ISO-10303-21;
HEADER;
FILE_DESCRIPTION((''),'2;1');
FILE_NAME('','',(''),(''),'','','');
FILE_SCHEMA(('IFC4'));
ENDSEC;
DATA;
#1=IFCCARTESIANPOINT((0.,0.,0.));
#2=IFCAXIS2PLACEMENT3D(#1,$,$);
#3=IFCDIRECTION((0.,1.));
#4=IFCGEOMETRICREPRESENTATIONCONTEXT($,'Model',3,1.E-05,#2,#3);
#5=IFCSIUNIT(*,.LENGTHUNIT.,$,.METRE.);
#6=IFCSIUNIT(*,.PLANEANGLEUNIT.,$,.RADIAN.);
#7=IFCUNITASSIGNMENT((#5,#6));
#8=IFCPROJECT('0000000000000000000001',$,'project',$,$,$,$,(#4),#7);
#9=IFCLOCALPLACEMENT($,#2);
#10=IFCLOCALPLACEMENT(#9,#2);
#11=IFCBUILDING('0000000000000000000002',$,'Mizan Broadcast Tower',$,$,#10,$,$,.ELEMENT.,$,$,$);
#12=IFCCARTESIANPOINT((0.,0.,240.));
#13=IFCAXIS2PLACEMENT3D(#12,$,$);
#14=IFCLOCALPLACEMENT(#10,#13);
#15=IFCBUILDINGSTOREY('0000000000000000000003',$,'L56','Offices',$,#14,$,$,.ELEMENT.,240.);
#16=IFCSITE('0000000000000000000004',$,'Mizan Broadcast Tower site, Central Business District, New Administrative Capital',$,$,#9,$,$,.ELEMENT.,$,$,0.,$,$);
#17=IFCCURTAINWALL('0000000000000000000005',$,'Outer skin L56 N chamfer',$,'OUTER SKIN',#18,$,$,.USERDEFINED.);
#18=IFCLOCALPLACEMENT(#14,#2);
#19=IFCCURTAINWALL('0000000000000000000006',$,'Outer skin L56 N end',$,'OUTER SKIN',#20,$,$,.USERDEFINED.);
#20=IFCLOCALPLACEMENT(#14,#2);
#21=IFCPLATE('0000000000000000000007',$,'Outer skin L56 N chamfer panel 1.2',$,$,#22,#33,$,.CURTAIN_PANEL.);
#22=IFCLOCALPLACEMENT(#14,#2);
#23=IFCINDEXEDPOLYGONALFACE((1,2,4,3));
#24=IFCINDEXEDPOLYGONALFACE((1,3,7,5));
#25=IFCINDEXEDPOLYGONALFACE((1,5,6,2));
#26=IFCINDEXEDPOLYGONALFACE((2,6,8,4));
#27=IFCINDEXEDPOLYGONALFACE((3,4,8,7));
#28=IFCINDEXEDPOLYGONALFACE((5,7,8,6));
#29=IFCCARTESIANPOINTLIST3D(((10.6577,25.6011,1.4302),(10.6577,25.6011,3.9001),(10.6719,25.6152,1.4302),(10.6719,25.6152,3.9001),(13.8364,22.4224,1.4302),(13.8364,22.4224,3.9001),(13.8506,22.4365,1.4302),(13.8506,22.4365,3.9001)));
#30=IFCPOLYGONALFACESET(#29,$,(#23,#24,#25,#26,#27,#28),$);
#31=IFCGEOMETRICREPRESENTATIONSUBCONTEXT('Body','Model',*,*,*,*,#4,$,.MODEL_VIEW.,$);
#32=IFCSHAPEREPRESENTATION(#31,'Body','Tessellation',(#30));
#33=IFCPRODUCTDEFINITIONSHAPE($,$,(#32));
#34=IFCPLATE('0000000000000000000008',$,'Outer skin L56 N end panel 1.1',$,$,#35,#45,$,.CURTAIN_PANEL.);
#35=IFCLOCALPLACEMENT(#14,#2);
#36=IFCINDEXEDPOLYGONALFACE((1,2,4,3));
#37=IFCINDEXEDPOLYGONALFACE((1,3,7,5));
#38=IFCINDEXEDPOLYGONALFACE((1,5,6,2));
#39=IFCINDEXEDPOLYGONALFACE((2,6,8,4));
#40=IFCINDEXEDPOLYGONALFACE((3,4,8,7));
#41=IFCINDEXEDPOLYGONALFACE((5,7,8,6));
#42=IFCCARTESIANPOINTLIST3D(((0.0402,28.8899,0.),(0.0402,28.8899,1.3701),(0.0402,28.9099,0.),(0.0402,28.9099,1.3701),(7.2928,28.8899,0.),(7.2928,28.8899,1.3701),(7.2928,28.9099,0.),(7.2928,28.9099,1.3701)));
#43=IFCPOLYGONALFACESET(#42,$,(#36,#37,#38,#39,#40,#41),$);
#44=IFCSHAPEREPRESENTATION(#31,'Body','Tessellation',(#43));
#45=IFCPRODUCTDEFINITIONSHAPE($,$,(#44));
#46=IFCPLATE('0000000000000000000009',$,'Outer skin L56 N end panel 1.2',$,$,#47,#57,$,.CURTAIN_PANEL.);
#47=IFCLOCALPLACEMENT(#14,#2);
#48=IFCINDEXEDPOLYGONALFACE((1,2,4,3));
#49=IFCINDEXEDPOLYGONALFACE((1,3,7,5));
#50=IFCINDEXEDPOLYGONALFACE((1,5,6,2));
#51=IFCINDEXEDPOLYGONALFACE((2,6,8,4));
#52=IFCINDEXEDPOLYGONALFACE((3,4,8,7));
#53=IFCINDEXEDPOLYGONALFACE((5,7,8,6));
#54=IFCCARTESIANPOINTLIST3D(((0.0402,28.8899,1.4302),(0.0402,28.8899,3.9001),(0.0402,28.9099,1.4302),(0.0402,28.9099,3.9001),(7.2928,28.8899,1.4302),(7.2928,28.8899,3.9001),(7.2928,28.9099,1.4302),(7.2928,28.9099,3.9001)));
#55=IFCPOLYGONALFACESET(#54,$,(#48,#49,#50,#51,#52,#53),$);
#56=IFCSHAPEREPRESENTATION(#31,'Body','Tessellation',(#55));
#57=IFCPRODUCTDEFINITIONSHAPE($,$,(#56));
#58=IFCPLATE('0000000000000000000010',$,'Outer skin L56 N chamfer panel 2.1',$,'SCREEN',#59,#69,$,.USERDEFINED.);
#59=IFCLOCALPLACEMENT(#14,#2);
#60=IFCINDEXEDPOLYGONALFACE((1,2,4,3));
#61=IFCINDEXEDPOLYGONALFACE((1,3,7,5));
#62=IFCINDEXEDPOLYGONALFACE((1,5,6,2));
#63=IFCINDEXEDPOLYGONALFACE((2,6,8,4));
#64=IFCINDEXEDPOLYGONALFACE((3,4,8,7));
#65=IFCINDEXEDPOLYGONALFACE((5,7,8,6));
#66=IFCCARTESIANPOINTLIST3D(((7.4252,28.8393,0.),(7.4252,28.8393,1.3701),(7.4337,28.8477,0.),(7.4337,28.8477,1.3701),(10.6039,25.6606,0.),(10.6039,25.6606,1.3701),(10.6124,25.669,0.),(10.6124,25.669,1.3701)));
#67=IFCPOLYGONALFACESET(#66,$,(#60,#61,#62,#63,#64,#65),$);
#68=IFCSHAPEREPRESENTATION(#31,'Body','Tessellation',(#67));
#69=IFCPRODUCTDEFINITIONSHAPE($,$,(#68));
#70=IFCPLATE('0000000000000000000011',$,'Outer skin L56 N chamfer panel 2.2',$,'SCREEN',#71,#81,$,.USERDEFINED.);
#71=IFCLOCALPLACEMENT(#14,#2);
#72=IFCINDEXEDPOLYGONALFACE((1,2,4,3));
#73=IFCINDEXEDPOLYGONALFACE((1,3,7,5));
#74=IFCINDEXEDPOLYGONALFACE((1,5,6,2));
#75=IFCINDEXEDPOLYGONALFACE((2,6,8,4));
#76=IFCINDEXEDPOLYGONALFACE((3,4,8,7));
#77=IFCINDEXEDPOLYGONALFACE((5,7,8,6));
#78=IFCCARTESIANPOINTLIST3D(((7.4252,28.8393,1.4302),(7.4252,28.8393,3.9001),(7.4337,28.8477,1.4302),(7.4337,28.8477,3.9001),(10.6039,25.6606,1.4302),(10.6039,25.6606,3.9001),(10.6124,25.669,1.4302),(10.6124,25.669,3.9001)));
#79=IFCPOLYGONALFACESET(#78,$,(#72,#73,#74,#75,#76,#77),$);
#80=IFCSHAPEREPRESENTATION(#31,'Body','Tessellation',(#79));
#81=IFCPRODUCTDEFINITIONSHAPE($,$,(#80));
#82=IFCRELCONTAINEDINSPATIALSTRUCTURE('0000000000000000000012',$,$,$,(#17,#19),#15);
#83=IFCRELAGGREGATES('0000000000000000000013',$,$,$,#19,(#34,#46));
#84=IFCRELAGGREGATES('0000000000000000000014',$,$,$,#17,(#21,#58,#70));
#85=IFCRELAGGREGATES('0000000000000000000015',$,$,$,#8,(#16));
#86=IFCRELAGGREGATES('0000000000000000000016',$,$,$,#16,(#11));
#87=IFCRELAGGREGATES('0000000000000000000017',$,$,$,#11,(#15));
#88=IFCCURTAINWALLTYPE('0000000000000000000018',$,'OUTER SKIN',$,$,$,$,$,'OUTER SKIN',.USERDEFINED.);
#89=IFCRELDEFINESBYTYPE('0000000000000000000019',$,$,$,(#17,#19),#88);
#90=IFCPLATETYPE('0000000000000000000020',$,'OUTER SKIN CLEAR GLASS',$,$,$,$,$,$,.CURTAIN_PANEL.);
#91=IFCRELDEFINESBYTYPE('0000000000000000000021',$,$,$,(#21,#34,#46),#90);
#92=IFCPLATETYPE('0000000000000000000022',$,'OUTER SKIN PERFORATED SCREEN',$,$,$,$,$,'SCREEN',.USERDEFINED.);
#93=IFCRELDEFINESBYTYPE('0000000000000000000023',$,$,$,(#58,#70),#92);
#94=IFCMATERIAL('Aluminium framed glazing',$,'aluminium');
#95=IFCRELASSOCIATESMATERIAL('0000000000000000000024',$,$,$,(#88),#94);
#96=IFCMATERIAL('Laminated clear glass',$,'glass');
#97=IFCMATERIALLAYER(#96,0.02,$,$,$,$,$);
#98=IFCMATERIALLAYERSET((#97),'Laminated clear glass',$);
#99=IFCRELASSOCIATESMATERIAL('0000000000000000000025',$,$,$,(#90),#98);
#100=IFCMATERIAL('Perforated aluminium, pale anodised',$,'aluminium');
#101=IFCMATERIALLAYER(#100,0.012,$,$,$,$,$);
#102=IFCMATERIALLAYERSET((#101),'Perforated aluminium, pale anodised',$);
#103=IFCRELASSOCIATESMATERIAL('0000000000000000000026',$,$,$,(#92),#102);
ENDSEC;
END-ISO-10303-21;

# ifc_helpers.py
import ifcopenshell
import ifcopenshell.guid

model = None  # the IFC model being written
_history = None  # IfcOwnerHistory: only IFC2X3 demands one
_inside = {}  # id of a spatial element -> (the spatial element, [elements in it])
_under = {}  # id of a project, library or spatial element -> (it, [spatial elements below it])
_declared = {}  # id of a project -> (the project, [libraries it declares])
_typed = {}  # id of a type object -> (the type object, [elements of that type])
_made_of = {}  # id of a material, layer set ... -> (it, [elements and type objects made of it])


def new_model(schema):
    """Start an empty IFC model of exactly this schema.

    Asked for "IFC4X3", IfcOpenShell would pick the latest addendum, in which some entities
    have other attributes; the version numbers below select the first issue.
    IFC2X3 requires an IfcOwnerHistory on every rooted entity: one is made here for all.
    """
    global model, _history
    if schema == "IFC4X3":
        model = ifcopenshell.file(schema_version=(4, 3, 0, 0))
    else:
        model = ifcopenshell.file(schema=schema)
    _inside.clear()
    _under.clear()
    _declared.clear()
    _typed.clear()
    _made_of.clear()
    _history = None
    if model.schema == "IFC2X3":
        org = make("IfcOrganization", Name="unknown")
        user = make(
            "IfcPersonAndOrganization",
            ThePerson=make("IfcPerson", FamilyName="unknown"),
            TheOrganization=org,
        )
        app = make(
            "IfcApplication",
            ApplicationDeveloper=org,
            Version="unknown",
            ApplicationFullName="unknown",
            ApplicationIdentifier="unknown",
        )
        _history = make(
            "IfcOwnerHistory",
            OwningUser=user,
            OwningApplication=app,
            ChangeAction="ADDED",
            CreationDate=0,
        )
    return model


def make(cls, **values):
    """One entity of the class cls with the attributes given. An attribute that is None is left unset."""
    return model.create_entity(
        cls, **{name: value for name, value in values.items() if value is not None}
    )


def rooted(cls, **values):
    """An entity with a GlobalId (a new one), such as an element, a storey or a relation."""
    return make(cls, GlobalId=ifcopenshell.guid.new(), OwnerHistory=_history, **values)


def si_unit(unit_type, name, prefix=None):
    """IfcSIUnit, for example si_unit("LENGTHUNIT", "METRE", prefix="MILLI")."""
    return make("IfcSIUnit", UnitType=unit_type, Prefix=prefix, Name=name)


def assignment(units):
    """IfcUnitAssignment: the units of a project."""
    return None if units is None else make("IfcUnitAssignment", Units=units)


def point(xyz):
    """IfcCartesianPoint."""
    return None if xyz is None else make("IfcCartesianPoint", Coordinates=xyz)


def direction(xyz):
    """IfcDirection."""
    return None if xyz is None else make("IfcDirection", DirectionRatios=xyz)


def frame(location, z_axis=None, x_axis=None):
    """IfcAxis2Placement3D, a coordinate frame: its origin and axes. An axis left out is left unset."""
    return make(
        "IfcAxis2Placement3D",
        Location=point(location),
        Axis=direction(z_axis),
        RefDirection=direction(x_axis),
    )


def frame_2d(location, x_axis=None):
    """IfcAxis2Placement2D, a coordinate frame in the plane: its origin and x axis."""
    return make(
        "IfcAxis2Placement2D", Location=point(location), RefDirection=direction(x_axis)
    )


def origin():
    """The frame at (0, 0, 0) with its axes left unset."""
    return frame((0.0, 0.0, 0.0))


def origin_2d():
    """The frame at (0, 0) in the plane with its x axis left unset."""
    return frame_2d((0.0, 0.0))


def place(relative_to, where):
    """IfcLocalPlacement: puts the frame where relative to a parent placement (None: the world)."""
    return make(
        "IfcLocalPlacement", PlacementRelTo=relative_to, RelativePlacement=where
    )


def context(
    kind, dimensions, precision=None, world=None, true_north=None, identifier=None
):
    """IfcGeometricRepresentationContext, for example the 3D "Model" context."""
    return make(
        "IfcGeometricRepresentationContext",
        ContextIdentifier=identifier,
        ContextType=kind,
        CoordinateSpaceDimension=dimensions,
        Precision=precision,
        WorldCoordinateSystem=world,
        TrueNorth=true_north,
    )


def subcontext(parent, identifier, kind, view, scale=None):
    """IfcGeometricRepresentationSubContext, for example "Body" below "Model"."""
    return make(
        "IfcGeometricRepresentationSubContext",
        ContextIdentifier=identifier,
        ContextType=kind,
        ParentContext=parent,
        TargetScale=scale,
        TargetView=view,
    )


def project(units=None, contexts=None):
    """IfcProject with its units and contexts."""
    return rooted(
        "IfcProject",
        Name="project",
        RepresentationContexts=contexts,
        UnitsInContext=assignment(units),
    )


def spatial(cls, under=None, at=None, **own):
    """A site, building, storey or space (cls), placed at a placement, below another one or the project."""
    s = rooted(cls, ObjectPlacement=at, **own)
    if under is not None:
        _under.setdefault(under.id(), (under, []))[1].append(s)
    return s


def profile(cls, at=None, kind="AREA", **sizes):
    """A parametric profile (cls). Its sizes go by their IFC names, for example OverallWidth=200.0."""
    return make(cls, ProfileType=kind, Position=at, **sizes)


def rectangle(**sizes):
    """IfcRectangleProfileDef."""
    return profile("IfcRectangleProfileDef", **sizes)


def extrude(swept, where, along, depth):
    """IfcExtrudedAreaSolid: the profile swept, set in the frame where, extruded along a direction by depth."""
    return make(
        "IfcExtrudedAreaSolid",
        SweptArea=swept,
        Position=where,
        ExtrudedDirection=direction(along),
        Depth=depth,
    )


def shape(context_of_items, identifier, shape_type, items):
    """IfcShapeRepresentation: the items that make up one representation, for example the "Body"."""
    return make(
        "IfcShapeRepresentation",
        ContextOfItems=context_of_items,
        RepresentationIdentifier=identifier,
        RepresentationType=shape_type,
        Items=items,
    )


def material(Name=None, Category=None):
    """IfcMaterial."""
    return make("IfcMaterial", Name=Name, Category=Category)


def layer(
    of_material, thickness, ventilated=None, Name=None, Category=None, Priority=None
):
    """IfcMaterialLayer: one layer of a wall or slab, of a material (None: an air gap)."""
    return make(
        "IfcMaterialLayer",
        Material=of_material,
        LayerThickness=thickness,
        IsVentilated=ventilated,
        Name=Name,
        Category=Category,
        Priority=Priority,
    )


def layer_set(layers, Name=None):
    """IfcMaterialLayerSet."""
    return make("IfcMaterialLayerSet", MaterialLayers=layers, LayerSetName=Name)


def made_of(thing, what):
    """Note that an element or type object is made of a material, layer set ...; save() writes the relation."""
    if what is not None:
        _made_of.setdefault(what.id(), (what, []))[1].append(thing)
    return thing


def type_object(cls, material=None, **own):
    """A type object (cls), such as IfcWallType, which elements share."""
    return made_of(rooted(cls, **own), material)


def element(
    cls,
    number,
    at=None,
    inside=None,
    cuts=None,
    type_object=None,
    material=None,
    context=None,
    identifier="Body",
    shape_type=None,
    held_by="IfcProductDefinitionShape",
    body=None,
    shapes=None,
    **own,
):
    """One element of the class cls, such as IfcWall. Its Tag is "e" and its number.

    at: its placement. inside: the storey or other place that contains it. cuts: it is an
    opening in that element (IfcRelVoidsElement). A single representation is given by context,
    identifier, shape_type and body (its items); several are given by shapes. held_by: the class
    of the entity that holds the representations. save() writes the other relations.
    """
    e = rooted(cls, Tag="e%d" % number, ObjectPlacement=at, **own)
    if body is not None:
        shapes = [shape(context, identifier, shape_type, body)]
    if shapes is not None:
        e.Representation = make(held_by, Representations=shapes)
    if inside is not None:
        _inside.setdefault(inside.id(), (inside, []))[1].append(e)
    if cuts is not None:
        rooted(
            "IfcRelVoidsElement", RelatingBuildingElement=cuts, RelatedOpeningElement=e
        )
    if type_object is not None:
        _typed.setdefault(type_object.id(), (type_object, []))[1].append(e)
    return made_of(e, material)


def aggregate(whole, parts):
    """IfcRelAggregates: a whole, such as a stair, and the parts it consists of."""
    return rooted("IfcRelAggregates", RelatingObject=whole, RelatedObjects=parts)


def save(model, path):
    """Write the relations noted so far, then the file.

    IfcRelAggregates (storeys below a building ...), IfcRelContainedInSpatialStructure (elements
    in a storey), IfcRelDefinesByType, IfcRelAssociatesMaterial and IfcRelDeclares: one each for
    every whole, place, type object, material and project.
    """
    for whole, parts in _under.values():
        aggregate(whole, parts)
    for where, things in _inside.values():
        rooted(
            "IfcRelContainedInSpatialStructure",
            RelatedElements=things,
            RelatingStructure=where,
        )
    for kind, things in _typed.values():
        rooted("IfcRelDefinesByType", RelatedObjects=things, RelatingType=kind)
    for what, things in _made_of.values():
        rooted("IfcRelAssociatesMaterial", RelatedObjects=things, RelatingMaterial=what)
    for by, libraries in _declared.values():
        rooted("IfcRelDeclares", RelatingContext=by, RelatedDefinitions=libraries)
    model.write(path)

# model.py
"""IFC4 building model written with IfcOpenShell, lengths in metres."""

from ifc_helpers import new_model, si_unit, direction, frame, origin, origin_2d, place, context, subcontext, project, spatial, rectangle, extrude, material, layer, layer_set, type_object, element, aggregate, save


model = new_model("IFC4")

# Units and contexts
model_context = context("Model", 3, precision=1e-05, world=origin(), true_north=direction((0.0, 1.0)))
body_context = subcontext(model_context, "Body", "Model", "MODEL_VIEW")
ifc_project = project(units=[si_unit("LENGTHUNIT", "METRE"), si_unit("PLANEANGLEUNIT", "RADIAN")], contexts=[model_context])

# Site, building, storey
site_placement = place(None, origin())
site = spatial("IfcSite", under=ifc_project, at=site_placement, Name="Mizan Broadcast Tower site, Central Business District, New Administrative Capital", CompositionType="ELEMENT", RefElevation=0.0)
building_placement = place(site_placement, origin())
building = spatial("IfcBuilding", under=site, at=building_placement, Name="Mizan Broadcast Tower", CompositionType="ELEMENT")
storey_placement = place(building_placement, frame((0.0, 0.0, 240.0)))
storey = spatial("IfcBuildingStorey", under=building, at=storey_placement, Name="L56", Description="Offices", CompositionType="ELEMENT", Elevation=240.0)

# Curtain wall
ifc_material_1 = material(Name="Aluminium framed glazing", Category="aluminium")
curtain_wall_type_1 = type_object("IfcCurtainWallType", Name="OUTER SKIN", ElementType="OUTER SKIN", PredefinedType="USERDEFINED", material=ifc_material_1)
curtain_wall_1_placement = place(storey_placement, origin())
curtain_wall_1 = element("IfcCurtainWall", 1, at=curtain_wall_1_placement, inside=storey, type_object=curtain_wall_type_1, Name="Outer skin L56 N chamfer", ObjectType="OUTER SKIN", PredefinedType="USERDEFINED")

# Curtain wall
curtain_wall_2_placement = place(storey_placement, origin())
curtain_wall_2 = element("IfcCurtainWall", 2, at=curtain_wall_2_placement, inside=storey, type_object=curtain_wall_type_1, Name="Outer skin L56 N end", ObjectType="OUTER SKIN", PredefinedType="USERDEFINED")

# Plates
ifc_material_2 = material(Name="Laminated clear glass", Category="glass")
ifc_layer_1 = layer(ifc_material_2, 0.02)
ifc_layer_set_1 = layer_set([ifc_layer_1], Name="Laminated clear glass")
plate_type_1 = type_object("IfcPlateType", Name="OUTER SKIN CLEAR GLASS", PredefinedType="CURTAIN_PANEL", material=ifc_layer_set_1)
plate_1_placement = place(storey_placement, frame((12.2542, 24.0188, 1.4302), z_axis=(0.0, 0.0, 1.0), x_axis=(-0.707107, 0.707107, 0.0)))
plate_1 = element("IfcPlate", 3, at=plate_1_placement, type_object=plate_type_1, Name="Outer skin L56 N chamfer panel 1.2", PredefinedType="CURTAIN_PANEL", context=body_context, shape_type="SweptSolid", body=[
    extrude(rectangle(XDim=4.4954, YDim=0.02, at=origin_2d()), origin(), (0.0, 0.0, 1.0), 2.47),
])
plate_2_placement = place(storey_placement, frame((3.6665, 28.8999, 0.0), z_axis=(0.0, 0.0, 1.0), x_axis=(-1.0, 0.0, 0.0)))
plate_2 = element("IfcPlate", 4, at=plate_2_placement, type_object=plate_type_1, Name="Outer skin L56 N end panel 1.1", PredefinedType="CURTAIN_PANEL", context=body_context, shape_type="SweptSolid", body=[
    extrude(rectangle(XDim=7.2527, YDim=0.02, at=origin_2d()), origin(), (0.0, 0.0, 1.0), 1.3701),
])
plate_3_placement = place(storey_placement, frame((3.6665, 28.8999, 1.4302), z_axis=(0.0, 0.0, 1.0), x_axis=(-1.0, 0.0, 0.0)))
plate_3 = element("IfcPlate", 5, at=plate_3_placement, type_object=plate_type_1, Name="Outer skin L56 N end panel 1.2", PredefinedType="CURTAIN_PANEL", context=body_context, shape_type="SweptSolid", body=[
    extrude(rectangle(XDim=7.2527, YDim=0.02, at=origin_2d()), origin(), (0.0, 0.0, 1.0), 2.47),
])
aggregate(curtain_wall_2, [plate_2, plate_3])
ifc_material_3 = material(Name="Perforated aluminium, pale anodised", Category="aluminium")
ifc_layer_2 = layer(ifc_material_3, 0.012)
ifc_layer_set_2 = layer_set([ifc_layer_2], Name="Perforated aluminium, pale anodised")
plate_type_2 = type_object("IfcPlateType", Name="OUTER SKIN PERFORATED SCREEN", ElementType="SCREEN", PredefinedType="USERDEFINED", material=ifc_layer_set_2)
plate_4_placement = place(storey_placement, frame((9.0188, 27.2542, 0.0), z_axis=(0.0, 0.0, 1.0), x_axis=(-0.707107, 0.707107, 0.0)))
plate_4 = element("IfcPlate", 6, at=plate_4_placement, type_object=plate_type_2, Name="Outer skin L56 N chamfer panel 2.1", ObjectType="SCREEN", PredefinedType="USERDEFINED", context=body_context, shape_type="SweptSolid", body=[
    extrude(rectangle(XDim=4.4954, YDim=0.012, at=origin_2d()), origin(), (0.0, 0.0, 1.0), 1.3701),
])
plate_5_placement = place(storey_placement, frame((9.0188, 27.2542, 1.4302), z_axis=(0.0, 0.0, 1.0), x_axis=(-0.707107, 0.707107, 0.0)))
plate_5 = element("IfcPlate", 7, at=plate_5_placement, type_object=plate_type_2, Name="Outer skin L56 N chamfer panel 2.2", ObjectType="SCREEN", PredefinedType="USERDEFINED", context=body_context, shape_type="SweptSolid", body=[
    extrude(rectangle(XDim=4.4954, YDim=0.012, at=origin_2d()), origin(), (0.0, 0.0, 1.0), 2.47),
])
aggregate(curtain_wall_1, [plate_1, plate_4, plate_5])

save(model, "model.ifc")
